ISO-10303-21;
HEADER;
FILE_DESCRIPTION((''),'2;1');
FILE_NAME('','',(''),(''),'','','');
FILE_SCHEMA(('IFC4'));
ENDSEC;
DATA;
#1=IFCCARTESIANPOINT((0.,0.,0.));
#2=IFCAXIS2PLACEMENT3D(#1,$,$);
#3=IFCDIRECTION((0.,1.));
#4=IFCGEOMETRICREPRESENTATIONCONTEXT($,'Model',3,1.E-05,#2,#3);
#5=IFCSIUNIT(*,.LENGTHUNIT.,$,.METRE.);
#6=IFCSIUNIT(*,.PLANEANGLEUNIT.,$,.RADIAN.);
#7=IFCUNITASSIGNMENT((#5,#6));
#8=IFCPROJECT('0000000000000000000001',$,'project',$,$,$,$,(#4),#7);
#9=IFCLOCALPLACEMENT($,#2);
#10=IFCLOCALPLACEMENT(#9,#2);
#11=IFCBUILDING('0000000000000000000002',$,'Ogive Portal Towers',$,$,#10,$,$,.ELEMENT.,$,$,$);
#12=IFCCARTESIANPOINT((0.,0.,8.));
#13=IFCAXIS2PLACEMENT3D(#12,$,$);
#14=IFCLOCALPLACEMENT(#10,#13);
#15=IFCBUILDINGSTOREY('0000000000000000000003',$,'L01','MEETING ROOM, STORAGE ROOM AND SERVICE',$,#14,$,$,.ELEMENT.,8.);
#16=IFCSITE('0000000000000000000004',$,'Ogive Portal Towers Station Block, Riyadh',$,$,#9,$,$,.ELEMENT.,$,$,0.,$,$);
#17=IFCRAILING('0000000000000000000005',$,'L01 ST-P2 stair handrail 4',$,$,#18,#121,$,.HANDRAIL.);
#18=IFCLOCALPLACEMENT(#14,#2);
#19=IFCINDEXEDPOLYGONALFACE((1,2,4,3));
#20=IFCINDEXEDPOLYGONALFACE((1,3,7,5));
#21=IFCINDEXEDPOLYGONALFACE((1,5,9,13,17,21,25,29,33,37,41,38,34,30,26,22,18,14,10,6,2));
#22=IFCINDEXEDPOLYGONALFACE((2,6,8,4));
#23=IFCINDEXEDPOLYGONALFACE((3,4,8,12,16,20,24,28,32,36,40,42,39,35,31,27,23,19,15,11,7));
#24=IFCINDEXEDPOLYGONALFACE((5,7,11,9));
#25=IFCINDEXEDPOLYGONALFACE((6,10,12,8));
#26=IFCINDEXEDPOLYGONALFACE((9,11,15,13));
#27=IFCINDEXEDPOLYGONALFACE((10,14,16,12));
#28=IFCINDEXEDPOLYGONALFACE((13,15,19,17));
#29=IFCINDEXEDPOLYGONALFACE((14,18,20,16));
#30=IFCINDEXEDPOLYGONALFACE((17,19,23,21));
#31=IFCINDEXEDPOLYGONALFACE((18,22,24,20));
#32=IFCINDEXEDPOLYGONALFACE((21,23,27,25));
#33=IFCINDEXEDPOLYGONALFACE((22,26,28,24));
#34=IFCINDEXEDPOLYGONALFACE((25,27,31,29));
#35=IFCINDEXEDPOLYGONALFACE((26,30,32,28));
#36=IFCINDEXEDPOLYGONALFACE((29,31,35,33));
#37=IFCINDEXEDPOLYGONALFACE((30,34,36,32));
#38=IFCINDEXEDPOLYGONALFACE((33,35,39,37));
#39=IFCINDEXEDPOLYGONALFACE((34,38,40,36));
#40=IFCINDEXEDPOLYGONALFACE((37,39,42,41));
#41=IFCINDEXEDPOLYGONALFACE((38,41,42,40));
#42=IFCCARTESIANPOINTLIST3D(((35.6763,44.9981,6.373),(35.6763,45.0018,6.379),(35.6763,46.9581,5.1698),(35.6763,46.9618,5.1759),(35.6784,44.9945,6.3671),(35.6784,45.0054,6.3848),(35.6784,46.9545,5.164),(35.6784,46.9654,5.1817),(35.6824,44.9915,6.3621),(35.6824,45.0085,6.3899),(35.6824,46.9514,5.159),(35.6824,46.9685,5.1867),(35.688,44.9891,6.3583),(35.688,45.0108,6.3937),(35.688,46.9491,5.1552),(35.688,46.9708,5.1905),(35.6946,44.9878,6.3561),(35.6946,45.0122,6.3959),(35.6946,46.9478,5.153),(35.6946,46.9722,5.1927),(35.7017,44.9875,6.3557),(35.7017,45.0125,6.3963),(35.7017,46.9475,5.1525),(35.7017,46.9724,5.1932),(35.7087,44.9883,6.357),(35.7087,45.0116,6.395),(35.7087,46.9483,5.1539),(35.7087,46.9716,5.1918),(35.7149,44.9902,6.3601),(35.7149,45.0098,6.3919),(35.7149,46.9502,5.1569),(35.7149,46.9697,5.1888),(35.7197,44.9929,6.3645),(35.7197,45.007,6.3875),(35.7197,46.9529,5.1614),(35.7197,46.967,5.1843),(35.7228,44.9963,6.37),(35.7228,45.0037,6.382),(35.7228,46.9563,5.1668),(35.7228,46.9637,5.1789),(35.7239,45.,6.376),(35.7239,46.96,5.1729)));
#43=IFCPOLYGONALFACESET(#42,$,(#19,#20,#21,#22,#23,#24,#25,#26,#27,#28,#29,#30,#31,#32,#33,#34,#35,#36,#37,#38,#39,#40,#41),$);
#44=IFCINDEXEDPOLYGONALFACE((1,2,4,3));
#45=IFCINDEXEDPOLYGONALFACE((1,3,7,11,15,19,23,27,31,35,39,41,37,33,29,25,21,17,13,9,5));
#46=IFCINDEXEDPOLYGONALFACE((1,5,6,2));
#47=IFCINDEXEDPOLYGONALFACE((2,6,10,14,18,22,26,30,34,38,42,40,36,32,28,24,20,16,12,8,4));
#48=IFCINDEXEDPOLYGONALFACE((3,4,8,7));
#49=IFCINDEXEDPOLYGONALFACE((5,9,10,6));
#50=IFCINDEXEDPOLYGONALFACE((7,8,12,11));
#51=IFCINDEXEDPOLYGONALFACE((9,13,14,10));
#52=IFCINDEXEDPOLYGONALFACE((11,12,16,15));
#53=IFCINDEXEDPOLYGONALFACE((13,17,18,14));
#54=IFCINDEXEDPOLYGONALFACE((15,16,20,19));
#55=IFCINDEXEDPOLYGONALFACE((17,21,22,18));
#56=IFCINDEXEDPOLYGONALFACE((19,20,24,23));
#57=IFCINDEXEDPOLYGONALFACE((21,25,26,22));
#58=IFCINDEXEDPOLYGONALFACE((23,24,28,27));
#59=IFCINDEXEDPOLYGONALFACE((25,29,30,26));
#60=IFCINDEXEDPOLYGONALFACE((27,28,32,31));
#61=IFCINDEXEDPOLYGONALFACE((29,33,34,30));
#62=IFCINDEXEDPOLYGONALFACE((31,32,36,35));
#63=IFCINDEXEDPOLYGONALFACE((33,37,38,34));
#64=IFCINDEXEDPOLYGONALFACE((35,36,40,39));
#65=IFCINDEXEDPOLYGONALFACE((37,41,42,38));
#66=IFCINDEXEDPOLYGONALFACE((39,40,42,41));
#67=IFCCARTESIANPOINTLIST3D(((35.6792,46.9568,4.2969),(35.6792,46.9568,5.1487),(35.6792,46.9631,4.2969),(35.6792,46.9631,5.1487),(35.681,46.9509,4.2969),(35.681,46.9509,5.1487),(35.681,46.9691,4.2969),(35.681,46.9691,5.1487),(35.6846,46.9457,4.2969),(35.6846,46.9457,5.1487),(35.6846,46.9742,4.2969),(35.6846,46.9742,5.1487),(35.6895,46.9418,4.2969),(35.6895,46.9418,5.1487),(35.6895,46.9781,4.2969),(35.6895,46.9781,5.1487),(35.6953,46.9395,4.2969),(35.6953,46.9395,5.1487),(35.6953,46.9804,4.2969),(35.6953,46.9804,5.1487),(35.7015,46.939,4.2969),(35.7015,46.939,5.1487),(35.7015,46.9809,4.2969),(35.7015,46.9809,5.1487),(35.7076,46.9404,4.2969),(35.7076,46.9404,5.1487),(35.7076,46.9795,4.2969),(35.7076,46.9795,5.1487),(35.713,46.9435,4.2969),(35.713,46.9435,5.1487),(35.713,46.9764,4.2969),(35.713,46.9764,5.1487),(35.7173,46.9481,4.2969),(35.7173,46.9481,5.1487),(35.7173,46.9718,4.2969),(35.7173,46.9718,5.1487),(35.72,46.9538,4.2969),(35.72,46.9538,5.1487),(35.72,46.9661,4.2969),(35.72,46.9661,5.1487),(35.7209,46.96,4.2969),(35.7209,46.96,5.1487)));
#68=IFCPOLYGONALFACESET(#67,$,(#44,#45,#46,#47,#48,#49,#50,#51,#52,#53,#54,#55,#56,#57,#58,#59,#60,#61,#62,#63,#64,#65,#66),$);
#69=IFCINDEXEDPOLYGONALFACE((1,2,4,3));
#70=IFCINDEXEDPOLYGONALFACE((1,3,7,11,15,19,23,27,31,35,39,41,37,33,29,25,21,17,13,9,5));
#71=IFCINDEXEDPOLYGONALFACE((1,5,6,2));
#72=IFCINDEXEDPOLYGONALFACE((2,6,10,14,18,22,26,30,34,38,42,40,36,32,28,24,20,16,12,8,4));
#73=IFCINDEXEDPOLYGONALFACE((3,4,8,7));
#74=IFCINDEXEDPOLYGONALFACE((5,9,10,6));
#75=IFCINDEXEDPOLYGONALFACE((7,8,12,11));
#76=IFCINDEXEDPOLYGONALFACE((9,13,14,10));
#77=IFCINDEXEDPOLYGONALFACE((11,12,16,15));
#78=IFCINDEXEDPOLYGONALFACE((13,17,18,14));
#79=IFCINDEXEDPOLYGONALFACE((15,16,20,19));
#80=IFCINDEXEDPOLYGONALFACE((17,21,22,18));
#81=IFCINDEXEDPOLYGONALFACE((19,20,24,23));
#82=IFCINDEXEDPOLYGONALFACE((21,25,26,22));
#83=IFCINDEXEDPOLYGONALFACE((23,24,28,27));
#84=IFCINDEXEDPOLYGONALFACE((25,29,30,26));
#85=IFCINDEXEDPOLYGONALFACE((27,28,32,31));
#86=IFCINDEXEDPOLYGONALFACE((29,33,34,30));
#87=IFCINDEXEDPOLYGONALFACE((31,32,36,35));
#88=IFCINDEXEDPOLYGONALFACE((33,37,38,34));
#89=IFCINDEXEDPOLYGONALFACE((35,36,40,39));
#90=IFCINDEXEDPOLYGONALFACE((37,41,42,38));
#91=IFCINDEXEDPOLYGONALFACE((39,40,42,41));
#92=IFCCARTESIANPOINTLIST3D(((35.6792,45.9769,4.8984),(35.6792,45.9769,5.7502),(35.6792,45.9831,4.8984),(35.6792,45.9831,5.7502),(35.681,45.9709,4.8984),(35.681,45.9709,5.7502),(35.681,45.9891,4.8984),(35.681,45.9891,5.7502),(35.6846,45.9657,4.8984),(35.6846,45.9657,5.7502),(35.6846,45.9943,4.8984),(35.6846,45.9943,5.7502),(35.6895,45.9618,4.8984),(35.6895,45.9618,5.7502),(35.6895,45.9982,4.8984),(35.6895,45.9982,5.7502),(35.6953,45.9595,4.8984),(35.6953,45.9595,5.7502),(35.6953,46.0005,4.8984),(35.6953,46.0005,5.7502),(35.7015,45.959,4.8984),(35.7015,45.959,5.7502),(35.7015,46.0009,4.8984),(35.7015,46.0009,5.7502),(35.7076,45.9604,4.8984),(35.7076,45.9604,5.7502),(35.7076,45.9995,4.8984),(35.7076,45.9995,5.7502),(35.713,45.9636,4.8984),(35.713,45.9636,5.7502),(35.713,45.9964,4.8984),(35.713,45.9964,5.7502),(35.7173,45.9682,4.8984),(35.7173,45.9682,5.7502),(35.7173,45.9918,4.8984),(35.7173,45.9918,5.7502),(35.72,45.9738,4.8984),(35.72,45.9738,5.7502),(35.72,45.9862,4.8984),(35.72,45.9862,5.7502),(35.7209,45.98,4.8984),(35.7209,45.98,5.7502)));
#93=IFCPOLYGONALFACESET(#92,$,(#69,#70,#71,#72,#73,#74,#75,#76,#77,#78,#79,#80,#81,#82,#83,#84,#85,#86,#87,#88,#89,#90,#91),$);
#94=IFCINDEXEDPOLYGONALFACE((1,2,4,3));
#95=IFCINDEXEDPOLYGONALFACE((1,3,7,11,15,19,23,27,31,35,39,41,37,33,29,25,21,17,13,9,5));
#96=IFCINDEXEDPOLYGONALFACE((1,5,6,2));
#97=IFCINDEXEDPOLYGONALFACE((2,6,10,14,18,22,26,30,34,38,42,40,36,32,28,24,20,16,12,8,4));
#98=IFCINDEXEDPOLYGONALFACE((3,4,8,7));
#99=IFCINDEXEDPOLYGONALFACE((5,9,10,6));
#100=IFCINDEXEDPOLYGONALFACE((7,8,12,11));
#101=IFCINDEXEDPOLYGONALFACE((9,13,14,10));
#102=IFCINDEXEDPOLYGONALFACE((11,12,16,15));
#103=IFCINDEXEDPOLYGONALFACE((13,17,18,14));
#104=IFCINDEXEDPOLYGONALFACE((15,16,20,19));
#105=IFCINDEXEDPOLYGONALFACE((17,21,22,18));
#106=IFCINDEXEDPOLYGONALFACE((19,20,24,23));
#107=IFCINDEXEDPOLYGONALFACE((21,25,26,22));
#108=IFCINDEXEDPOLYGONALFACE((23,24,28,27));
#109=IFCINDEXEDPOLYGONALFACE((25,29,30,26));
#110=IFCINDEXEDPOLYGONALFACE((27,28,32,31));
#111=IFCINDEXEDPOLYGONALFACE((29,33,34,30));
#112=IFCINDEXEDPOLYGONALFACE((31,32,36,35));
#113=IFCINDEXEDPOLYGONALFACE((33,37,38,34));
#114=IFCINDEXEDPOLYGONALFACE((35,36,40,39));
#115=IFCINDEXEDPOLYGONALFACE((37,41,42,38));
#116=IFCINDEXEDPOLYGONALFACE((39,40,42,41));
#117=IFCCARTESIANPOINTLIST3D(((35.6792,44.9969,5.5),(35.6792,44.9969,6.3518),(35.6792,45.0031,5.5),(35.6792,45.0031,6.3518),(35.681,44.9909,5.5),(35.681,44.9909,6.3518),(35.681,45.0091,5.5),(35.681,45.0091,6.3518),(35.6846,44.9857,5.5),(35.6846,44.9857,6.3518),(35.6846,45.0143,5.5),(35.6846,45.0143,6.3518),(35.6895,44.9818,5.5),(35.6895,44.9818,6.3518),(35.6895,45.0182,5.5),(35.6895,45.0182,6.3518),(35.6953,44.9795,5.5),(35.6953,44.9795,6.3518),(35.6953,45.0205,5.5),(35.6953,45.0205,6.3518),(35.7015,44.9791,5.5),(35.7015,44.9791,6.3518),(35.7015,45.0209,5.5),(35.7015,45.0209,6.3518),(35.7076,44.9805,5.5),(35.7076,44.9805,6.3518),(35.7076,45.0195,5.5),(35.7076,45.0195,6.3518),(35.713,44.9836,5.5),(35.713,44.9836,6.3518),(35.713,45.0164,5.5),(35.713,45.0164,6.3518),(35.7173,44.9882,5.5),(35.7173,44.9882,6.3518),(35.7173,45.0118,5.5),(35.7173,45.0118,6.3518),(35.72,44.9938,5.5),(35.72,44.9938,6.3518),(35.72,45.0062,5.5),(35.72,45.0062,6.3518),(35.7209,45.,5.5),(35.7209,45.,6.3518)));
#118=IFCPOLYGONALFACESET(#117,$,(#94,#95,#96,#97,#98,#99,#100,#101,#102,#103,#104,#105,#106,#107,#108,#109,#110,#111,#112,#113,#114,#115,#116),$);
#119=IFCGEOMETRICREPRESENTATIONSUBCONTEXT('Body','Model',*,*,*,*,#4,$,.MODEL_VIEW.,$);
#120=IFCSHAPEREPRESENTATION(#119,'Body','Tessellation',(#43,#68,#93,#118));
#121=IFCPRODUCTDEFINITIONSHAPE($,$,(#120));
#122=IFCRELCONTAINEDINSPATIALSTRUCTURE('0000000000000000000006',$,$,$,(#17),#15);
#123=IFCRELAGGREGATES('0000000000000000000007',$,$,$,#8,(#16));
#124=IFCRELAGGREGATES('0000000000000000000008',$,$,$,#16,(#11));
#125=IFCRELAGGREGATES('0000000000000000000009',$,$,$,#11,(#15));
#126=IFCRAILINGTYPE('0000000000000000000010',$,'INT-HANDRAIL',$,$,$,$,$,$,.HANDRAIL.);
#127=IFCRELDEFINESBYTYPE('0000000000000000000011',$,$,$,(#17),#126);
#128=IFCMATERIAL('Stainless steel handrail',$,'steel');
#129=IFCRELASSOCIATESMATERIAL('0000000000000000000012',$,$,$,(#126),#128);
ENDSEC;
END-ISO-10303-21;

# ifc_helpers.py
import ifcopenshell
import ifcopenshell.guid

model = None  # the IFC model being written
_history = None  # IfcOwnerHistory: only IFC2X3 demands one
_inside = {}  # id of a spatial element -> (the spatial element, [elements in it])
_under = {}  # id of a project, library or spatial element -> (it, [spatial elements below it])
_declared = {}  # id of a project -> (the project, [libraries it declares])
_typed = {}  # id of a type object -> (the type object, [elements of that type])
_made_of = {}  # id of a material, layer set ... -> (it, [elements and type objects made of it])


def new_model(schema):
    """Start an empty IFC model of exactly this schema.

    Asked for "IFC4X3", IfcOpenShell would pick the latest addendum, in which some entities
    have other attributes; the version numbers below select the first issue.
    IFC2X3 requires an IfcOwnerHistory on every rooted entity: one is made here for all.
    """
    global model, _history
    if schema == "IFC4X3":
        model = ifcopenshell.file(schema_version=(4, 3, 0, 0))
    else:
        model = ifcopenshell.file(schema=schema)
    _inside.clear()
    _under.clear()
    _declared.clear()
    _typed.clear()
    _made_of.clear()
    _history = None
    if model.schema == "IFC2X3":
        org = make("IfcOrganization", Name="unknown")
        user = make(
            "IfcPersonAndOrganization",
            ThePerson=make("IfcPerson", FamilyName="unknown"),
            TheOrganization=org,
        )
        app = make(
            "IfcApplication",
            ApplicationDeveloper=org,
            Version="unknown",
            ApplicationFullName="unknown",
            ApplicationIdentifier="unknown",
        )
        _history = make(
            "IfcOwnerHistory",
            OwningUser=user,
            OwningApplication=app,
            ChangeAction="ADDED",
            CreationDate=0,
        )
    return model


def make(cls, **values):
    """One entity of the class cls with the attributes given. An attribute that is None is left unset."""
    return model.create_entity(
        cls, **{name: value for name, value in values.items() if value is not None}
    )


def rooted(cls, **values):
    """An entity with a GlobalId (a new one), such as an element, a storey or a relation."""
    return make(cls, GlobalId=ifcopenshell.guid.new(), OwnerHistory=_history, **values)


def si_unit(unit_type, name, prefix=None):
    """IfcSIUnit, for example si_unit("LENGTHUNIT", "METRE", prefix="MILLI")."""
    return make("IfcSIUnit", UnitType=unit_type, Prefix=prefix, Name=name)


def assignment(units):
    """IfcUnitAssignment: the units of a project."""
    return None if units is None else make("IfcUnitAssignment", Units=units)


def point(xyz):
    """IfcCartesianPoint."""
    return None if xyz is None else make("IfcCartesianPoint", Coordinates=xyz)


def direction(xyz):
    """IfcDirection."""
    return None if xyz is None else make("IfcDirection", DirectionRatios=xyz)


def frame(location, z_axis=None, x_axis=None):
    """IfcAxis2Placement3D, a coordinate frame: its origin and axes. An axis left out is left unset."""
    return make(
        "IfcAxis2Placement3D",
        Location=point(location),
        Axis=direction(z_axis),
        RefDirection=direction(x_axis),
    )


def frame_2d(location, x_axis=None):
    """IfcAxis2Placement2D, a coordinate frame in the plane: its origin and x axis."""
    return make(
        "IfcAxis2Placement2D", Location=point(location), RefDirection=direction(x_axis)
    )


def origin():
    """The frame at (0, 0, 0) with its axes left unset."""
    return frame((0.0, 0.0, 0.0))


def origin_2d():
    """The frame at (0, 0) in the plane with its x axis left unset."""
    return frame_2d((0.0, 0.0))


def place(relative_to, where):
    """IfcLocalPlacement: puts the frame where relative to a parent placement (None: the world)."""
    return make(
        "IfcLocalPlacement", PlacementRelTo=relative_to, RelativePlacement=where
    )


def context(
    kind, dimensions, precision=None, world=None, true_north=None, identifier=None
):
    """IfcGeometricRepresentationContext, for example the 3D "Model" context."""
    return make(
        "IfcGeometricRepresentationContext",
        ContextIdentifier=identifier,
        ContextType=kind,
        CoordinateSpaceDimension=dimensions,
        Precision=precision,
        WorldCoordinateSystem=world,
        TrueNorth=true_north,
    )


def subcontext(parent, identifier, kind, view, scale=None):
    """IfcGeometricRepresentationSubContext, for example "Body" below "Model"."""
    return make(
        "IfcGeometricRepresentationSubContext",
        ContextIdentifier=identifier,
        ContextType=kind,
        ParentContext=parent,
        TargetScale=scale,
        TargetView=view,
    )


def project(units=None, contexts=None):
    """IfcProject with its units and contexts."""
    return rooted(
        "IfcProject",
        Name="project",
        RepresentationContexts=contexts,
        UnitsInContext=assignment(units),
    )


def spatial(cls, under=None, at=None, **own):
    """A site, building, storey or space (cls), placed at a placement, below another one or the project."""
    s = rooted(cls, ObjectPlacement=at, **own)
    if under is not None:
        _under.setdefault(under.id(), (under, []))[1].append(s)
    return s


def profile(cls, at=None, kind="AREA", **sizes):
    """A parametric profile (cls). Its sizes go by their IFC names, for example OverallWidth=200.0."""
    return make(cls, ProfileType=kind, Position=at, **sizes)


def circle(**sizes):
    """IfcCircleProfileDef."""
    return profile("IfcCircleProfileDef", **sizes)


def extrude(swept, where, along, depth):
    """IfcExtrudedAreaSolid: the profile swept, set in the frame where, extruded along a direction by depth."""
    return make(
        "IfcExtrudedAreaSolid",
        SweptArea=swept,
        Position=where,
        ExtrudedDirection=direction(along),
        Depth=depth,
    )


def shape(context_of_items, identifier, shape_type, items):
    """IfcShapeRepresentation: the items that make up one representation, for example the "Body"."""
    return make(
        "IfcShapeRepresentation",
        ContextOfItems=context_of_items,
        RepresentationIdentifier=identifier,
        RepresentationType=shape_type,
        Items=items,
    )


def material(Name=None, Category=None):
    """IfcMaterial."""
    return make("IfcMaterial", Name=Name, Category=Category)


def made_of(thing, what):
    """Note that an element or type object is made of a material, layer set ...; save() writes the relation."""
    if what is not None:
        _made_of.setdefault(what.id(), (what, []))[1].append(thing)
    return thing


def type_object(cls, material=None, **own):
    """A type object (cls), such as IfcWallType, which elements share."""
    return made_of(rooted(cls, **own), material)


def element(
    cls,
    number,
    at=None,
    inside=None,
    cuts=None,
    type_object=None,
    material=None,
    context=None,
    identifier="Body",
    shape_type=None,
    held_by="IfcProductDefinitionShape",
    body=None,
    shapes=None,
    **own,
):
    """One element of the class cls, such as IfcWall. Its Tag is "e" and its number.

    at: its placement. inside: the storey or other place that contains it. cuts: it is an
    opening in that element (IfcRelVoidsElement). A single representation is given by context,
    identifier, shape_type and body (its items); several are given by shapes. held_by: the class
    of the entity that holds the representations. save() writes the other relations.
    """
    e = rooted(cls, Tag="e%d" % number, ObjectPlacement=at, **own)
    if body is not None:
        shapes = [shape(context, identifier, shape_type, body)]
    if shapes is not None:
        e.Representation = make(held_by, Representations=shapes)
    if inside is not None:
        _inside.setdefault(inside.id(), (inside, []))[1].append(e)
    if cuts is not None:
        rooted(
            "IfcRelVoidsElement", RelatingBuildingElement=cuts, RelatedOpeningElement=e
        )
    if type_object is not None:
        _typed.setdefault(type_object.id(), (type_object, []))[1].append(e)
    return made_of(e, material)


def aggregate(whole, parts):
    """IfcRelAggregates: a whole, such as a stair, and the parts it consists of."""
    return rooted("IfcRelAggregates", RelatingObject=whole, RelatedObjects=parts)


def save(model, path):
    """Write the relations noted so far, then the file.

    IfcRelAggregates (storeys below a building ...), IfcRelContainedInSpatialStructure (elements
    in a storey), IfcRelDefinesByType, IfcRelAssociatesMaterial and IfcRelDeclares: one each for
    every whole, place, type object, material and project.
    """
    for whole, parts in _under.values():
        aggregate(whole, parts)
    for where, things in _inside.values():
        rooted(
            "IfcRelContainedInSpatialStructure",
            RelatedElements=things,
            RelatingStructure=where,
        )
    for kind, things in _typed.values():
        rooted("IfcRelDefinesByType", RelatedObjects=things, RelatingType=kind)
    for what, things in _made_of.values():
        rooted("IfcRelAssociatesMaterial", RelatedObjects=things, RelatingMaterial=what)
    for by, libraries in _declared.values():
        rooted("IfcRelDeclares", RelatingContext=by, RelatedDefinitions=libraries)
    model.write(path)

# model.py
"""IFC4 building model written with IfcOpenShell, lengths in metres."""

from ifc_helpers import new_model, si_unit, direction, frame, origin, origin_2d, place, context, subcontext, project, spatial, circle, extrude, material, type_object, element, save


model = new_model("IFC4")

# Units and contexts
model_context = context("Model", 3, precision=1e-05, world=origin(), true_north=direction((0.0, 1.0)))
body_context = subcontext(model_context, "Body", "Model", "MODEL_VIEW")
ifc_project = project(units=[si_unit("LENGTHUNIT", "METRE"), si_unit("PLANEANGLEUNIT", "RADIAN")], contexts=[model_context])

# Site, building, storey
site_placement = place(None, origin())
site = spatial("IfcSite", under=ifc_project, at=site_placement, Name="Ogive Portal Towers Station Block, Riyadh", CompositionType="ELEMENT", RefElevation=0.0)
building_placement = place(site_placement, origin())
building = spatial("IfcBuilding", under=site, at=building_placement, Name="Ogive Portal Towers", CompositionType="ELEMENT")
storey_placement = place(building_placement, frame((0.0, 0.0, 8.0)))
storey = spatial("IfcBuildingStorey", under=building, at=storey_placement, Name="L01", Description="MEETING ROOM, STORAGE ROOM AND SERVICE", CompositionType="ELEMENT", Elevation=8.0)

# Railing
ifc_material_1 = material(Name="Stainless steel handrail", Category="steel")
railing_type_1 = type_object("IfcRailingType", Name="INT-HANDRAIL", PredefinedType="HANDRAIL", material=ifc_material_1)
railing_1_placement = place(storey_placement, frame((35.7, 46.96, 4.2969)))
element("IfcRailing", 1, at=railing_1_placement, inside=storey, type_object=railing_type_1, Name="L01 ST-P2 stair handrail 4", PredefinedType="HANDRAIL", context=body_context, shape_type="SweptSolid", body=[
    extrude(circle(Radius=0.0239, at=origin_2d()), frame((0.0, 0.0, 0.876), z_axis=(0.0, -0.852241, 0.523149), x_axis=(1.0, 0.0, 0.0)), (0.0, 0.0, 1.0), 2.2998),
    extrude(circle(Radius=0.021, at=origin_2d()), origin(), (0.0, 0.0, 1.0), 0.8518),
    extrude(circle(Radius=0.021, at=origin_2d()), frame((0.0, -0.98, 0.6016)), (0.0, 0.0, 1.0), 0.8518),
    extrude(circle(Radius=0.021, at=origin_2d()), frame((0.0, -1.96, 1.2031)), (0.0, 0.0, 1.0), 0.8518),
])

save(model, "model.ifc")
